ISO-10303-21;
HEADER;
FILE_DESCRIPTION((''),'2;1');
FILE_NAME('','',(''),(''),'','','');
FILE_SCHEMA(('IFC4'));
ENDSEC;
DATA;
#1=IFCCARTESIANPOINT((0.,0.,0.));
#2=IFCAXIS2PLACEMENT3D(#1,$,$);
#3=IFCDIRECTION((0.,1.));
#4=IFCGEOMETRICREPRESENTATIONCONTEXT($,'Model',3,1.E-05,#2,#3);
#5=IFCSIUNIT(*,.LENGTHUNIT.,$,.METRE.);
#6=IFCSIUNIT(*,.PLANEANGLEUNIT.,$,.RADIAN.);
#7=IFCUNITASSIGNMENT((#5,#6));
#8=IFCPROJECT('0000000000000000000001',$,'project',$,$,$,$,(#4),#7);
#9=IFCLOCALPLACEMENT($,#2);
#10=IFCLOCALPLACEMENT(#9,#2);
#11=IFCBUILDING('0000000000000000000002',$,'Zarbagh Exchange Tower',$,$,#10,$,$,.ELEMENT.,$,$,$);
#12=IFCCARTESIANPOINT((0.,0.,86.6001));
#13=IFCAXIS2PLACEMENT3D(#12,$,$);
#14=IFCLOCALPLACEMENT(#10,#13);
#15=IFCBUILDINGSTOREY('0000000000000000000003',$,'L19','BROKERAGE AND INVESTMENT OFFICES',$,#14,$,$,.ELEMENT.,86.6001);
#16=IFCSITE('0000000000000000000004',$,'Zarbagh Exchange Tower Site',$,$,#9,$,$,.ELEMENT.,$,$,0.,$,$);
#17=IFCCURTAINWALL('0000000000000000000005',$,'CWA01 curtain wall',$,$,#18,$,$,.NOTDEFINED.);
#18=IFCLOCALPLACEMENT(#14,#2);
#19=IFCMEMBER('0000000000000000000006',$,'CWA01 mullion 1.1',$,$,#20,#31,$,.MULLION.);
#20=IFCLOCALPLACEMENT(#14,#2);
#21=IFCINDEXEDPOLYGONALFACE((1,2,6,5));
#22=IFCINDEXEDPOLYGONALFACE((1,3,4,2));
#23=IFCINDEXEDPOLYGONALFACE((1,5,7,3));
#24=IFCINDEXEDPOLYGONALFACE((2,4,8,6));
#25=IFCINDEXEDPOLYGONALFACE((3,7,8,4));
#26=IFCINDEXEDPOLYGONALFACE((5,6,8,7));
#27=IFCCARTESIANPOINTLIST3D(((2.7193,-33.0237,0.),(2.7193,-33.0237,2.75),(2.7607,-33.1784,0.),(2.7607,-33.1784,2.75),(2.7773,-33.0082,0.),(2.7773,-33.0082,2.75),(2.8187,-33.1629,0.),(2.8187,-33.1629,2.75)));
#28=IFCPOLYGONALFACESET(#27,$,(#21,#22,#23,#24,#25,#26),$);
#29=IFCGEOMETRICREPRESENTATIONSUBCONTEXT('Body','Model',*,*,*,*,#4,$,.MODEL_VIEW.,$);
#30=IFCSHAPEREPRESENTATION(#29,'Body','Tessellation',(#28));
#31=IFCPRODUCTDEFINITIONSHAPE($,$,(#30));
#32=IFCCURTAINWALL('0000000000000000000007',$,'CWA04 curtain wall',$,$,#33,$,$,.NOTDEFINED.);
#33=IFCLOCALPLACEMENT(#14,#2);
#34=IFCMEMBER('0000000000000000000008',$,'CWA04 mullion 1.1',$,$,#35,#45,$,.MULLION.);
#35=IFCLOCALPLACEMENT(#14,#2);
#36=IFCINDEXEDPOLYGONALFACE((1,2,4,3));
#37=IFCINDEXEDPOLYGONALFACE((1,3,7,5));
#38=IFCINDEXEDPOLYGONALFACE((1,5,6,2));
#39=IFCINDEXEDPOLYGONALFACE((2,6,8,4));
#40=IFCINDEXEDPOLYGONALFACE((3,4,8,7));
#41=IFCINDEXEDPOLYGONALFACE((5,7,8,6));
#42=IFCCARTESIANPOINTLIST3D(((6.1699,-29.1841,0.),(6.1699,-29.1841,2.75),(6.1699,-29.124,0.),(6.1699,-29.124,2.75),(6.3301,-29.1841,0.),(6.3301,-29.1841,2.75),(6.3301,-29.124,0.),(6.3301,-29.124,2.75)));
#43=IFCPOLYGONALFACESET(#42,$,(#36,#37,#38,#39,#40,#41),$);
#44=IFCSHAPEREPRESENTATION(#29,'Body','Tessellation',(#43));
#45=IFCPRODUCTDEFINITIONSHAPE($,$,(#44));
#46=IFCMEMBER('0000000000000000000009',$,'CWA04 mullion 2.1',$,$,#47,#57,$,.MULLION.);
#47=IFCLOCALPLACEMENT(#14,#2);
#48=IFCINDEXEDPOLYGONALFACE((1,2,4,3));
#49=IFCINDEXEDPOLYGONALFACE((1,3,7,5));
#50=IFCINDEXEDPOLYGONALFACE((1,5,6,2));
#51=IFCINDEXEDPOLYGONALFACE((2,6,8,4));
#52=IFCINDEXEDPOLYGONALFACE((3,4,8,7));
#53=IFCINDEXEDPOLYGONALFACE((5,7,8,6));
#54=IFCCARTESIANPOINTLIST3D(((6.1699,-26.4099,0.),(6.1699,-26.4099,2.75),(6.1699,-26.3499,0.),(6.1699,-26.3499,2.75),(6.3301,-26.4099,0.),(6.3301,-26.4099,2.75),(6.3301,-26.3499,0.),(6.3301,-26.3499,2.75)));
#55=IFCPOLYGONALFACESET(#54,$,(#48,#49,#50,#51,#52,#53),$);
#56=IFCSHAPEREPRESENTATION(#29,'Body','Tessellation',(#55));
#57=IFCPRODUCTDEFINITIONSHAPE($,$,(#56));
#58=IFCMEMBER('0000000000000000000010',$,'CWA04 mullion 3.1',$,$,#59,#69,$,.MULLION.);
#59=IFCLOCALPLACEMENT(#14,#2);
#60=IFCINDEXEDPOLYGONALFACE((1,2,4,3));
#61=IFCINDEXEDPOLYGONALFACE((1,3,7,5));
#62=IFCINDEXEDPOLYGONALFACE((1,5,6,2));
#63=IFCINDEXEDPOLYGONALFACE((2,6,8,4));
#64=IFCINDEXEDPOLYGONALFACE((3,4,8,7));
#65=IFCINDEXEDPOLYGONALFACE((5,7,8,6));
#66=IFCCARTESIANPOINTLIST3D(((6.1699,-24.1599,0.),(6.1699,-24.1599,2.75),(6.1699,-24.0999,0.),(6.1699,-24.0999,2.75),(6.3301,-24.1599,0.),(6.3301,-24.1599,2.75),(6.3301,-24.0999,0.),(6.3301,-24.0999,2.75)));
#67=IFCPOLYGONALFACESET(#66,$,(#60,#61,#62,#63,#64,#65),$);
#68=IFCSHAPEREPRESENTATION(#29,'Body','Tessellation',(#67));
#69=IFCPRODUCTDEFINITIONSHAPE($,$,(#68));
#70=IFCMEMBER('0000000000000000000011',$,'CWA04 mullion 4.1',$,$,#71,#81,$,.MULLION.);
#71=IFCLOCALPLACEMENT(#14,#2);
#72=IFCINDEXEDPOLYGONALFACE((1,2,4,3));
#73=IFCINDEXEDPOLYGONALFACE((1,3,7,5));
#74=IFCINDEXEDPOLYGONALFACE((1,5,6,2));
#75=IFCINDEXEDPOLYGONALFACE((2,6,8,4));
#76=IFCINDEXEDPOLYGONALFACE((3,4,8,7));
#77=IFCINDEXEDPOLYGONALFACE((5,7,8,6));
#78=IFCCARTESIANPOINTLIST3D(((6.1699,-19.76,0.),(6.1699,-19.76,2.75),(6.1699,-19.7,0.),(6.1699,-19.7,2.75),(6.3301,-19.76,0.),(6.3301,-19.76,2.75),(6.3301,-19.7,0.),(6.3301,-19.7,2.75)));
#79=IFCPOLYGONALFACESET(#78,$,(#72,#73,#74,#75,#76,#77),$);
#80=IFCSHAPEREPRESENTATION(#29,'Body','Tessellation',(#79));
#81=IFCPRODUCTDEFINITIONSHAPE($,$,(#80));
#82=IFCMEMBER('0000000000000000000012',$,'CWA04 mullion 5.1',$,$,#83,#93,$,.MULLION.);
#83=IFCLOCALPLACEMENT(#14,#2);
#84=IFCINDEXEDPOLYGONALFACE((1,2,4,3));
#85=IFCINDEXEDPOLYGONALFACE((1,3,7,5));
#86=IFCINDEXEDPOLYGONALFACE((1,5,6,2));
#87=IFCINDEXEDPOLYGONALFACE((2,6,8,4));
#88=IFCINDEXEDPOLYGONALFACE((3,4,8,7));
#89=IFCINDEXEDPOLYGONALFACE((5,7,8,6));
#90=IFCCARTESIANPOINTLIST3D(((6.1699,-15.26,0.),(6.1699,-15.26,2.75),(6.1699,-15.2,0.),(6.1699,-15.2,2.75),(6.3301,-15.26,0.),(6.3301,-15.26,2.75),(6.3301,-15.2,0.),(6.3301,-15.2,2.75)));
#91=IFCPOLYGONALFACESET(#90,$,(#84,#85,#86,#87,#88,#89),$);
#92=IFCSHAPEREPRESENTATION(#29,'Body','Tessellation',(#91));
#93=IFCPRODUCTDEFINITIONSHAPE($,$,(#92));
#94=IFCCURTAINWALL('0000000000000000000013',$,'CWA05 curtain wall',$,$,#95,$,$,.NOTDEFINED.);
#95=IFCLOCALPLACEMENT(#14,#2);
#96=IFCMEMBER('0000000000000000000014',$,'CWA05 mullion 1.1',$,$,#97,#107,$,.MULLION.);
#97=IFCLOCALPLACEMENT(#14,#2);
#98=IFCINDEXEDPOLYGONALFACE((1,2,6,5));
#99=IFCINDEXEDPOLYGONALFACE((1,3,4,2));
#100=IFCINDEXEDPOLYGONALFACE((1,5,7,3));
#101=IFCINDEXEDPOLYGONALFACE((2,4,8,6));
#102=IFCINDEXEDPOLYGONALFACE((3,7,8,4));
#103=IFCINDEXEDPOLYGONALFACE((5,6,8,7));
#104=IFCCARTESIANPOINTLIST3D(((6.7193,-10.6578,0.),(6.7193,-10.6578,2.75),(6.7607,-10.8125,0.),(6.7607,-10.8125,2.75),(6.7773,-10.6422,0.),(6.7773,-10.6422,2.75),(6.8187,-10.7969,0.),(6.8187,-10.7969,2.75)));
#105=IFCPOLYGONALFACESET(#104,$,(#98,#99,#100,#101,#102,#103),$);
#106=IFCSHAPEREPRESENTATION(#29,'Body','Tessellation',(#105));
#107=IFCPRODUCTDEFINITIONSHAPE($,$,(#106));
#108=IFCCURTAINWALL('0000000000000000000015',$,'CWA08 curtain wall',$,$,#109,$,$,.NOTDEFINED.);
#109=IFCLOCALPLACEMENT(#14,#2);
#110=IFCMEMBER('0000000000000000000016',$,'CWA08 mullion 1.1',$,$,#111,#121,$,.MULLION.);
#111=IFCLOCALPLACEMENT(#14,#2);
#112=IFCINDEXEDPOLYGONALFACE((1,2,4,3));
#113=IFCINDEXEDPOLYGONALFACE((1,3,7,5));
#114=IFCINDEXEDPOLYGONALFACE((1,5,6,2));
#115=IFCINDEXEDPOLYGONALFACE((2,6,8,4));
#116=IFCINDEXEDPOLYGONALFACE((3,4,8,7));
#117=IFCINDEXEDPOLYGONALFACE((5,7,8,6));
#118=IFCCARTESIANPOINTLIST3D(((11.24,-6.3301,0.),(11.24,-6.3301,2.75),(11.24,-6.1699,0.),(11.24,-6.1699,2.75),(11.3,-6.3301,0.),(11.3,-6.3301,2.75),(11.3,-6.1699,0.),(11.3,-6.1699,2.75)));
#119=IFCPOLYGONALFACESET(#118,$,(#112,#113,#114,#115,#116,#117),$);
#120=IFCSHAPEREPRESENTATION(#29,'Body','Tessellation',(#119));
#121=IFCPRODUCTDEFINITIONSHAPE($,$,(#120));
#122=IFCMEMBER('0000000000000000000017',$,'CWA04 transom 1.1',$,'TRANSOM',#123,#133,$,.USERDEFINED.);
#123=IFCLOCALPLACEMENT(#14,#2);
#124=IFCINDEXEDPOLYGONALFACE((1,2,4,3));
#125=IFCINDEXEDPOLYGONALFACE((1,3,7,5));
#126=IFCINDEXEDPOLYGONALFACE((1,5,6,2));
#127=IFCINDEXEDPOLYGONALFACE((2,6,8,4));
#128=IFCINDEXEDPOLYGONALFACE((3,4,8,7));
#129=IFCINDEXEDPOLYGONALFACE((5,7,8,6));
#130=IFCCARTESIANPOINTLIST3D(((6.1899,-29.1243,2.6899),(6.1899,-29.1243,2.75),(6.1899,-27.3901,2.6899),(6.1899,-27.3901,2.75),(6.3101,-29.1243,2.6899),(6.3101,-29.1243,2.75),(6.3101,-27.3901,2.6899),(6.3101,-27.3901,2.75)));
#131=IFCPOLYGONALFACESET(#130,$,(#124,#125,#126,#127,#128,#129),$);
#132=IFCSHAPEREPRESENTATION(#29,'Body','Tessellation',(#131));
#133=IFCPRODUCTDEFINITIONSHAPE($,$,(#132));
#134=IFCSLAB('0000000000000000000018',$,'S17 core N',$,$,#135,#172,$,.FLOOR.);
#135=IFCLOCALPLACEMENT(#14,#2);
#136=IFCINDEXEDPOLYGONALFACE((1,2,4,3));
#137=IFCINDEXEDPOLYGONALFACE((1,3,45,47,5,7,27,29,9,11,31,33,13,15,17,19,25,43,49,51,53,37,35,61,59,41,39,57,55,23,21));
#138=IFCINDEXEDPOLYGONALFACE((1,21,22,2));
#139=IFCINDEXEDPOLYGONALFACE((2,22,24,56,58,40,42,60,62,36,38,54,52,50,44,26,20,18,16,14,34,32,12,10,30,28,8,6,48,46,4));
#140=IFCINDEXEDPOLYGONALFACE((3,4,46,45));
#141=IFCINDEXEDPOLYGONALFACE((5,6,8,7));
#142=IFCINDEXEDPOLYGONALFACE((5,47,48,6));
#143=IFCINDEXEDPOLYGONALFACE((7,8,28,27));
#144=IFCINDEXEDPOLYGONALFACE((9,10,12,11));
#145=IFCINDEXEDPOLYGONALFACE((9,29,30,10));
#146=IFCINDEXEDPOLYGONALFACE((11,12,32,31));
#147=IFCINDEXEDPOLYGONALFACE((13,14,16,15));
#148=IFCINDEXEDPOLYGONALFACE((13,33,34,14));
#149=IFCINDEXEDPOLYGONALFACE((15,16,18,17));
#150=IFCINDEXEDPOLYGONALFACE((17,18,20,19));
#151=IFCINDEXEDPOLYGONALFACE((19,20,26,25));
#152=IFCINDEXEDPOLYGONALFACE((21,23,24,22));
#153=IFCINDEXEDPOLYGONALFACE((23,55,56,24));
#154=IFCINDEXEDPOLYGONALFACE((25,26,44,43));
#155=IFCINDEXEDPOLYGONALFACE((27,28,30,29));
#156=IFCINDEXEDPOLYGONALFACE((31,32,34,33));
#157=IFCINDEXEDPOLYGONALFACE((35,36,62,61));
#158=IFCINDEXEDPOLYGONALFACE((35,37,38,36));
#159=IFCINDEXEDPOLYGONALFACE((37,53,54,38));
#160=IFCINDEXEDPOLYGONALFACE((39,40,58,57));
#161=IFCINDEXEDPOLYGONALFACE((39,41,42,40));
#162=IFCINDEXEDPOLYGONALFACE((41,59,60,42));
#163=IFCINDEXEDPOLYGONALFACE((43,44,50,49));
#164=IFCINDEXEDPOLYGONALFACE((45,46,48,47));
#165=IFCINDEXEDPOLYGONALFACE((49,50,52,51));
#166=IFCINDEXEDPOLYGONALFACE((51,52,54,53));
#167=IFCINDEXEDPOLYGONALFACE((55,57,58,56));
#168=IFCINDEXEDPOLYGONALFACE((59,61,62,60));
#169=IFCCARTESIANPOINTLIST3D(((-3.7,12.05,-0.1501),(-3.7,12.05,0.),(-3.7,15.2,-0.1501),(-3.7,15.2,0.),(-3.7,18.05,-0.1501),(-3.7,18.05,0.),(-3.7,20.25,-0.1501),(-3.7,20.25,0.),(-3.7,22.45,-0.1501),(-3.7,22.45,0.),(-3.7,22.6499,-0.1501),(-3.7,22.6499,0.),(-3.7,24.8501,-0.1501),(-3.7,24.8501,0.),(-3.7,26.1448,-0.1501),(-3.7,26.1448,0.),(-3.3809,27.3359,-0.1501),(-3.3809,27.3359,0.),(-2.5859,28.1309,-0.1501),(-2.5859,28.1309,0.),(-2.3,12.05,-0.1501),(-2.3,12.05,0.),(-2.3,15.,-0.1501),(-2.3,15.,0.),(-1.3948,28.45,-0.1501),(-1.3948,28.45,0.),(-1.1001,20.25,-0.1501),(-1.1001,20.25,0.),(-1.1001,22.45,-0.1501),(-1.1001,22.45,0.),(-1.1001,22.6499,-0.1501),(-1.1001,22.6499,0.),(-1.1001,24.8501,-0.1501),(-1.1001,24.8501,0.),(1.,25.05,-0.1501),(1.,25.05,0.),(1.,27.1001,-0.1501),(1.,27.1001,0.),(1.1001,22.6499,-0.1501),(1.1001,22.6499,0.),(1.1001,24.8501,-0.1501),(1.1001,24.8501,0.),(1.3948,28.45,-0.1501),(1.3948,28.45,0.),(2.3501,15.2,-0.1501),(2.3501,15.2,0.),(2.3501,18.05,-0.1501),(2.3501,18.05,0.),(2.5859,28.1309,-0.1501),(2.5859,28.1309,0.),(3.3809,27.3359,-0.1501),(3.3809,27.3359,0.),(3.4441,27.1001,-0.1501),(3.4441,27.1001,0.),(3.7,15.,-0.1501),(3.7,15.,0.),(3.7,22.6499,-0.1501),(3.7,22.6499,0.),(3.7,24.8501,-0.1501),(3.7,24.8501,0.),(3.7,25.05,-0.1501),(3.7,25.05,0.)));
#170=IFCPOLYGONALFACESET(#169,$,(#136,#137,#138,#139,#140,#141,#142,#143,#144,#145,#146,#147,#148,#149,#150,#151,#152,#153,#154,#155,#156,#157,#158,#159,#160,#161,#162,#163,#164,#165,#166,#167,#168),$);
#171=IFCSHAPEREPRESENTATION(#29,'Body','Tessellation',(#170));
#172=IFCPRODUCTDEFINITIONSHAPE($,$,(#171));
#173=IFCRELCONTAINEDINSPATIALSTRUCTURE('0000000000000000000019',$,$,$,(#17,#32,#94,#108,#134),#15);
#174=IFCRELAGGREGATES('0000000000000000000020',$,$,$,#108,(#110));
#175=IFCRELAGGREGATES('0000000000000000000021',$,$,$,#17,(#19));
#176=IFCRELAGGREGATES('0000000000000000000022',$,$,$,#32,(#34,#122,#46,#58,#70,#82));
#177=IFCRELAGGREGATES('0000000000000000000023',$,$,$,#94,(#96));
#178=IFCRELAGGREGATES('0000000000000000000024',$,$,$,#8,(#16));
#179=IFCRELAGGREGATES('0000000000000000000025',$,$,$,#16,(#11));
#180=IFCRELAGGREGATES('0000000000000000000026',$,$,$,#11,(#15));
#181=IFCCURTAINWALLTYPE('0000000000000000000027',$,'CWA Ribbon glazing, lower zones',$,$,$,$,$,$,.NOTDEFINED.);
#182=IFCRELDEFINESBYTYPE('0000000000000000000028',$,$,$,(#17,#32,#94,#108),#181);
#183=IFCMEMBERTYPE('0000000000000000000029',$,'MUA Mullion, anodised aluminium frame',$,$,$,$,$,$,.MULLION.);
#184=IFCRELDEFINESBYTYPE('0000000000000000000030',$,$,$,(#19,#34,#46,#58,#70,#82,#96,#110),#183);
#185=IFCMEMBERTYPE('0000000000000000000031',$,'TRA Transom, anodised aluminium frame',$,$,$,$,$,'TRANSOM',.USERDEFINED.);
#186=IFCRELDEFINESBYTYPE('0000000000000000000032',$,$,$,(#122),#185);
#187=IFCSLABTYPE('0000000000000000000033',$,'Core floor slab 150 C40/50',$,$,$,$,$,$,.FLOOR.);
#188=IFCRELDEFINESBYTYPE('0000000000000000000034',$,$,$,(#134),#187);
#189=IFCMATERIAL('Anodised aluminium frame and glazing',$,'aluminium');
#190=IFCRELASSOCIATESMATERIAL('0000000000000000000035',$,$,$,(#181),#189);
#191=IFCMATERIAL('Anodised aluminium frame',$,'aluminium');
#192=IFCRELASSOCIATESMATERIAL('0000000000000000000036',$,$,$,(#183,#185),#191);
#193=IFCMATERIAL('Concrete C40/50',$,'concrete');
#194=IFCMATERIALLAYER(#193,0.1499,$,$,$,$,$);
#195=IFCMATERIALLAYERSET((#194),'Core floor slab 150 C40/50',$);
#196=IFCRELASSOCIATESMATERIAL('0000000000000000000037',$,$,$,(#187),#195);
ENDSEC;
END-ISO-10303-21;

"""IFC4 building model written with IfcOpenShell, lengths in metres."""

from ifc_helpers import new_model, si_unit, direction, frame, origin, place, context, subcontext, project, spatial, polyline, outline, extrude, source, transform, mapped, material, layer, layer_set, type_object, element, aggregate, save


model = new_model("IFC4")

# Units and contexts
model_context = context("Model", 3, precision=1e-05, world=origin(), true_north=direction((0.0, 1.0)))
body_context = subcontext(model_context, "Body", "Model", "MODEL_VIEW")
ifc_project = project(units=[si_unit("LENGTHUNIT", "METRE"), si_unit("PLANEANGLEUNIT", "RADIAN")], contexts=[model_context])

# Site, building, storey
site_placement = place(None, origin())
site = spatial("IfcSite", under=ifc_project, at=site_placement, Name="Zarbagh Exchange Tower Site", CompositionType="ELEMENT", RefElevation=0.0)
building_placement = place(site_placement, origin())
building = spatial("IfcBuilding", under=site, at=building_placement, Name="Zarbagh Exchange Tower", CompositionType="ELEMENT")
storey_placement = place(building_placement, frame((0.0, 0.0, 86.6001)))
storey = spatial("IfcBuildingStorey", under=building, at=storey_placement, Name="L19", Description="BROKERAGE AND INVESTMENT OFFICES", CompositionType="ELEMENT", Elevation=86.6001)

# Curtain wall, member
ifc_material_1 = material(Name="Anodised aluminium frame and glazing", Category="aluminium")
curtain_wall_type = type_object("IfcCurtainWallType", Name="CWA Ribbon glazing, lower zones", PredefinedType="NOTDEFINED", material=ifc_material_1)
curtain_wall_1_placement = place(storey_placement, origin())
curtain_wall_1 = element("IfcCurtainWall", 1, at=curtain_wall_1_placement, inside=storey, type_object=curtain_wall_type, Name="CWA01 curtain wall", PredefinedType="NOTDEFINED")
ifc_material_2 = material(Name="Anodised aluminium frame", Category="aluminium")
member_type_1 = type_object("IfcMemberType", Name="MUA Mullion, anodised aluminium frame", PredefinedType="MULLION", material=ifc_material_2)
shared_shape_1 = source(origin(), body_context, "Body", "SweptSolid", [
    extrude(outline(polyline([(0.0, -0.0801), (0.0601, -0.0801), (0.0601, 0.0801), (0.0, 0.0801), (0.0, -0.0801)])), origin(), (0.0, 0.0, 1.0), 2.75),
])
placement = place(storey_placement, origin())
member_1 = element("IfcMember", 2, at=placement, type_object=member_type_1, Name="CWA01 mullion 1.1", PredefinedType="MULLION", context=body_context, shape_type="MappedRepresentation", body=[
    mapped(shared_shape_1, transform((2.74, -33.1011, 0.0), x_axis=(0.965924, 0.258825, 0.0), y_axis=(-0.258825, 0.965924, 0.0), z_axis=(0.0, 0.0, 1.0))),
])

# Curtain wall, members
curtain_wall_2_placement = place(storey_placement, origin())
curtain_wall_2 = element("IfcCurtainWall", 3, at=curtain_wall_2_placement, inside=storey, type_object=curtain_wall_type, Name="CWA04 curtain wall", PredefinedType="NOTDEFINED")
member_2 = element("IfcMember", 4, at=placement, type_object=member_type_1, Name="CWA04 mullion 1.1", PredefinedType="MULLION", context=body_context, shape_type="MappedRepresentation", body=[
    mapped(shared_shape_1, transform((6.25, -29.1841, 0.0), x_axis=(0.0, 1.0, 0.0), y_axis=(-1.0, 0.0, 0.0), z_axis=(0.0, 0.0, 1.0))),
])
member_3 = element("IfcMember", 5, at=placement, type_object=member_type_1, Name="CWA04 mullion 2.1", PredefinedType="MULLION", context=body_context, shape_type="MappedRepresentation", body=[
    mapped(shared_shape_1, transform((6.25, -26.4099, 0.0), x_axis=(0.0, 1.0, 0.0), y_axis=(-1.0, 0.0, 0.0), z_axis=(0.0, 0.0, 1.0))),
])
member_4 = element("IfcMember", 6, at=placement, type_object=member_type_1, Name="CWA04 mullion 3.1", PredefinedType="MULLION", context=body_context, shape_type="MappedRepresentation", body=[
    mapped(shared_shape_1, transform((6.25, -24.1599, 0.0), x_axis=(0.0, 1.0, 0.0), y_axis=(-1.0, 0.0, 0.0), z_axis=(0.0, 0.0, 1.0))),
])
member_5 = element("IfcMember", 7, at=placement, type_object=member_type_1, Name="CWA04 mullion 4.1", PredefinedType="MULLION", context=body_context, shape_type="MappedRepresentation", body=[
    mapped(shared_shape_1, transform((6.25, -19.76, 0.0), x_axis=(0.0, 1.0, 0.0), y_axis=(-1.0, 0.0, 0.0), z_axis=(0.0, 0.0, 1.0))),
])
member_6 = element("IfcMember", 8, at=placement, type_object=member_type_1, Name="CWA04 mullion 5.1", PredefinedType="MULLION", context=body_context, shape_type="MappedRepresentation", body=[
    mapped(shared_shape_1, transform((6.25, -15.26, 0.0), x_axis=(0.0, 1.0, 0.0), y_axis=(-1.0, 0.0, 0.0), z_axis=(0.0, 0.0, 1.0))),
])

# Curtain walls, members
curtain_wall_3_placement = place(storey_placement, origin())
curtain_wall_3 = element("IfcCurtainWall", 9, at=curtain_wall_3_placement, inside=storey, type_object=curtain_wall_type, Name="CWA05 curtain wall", PredefinedType="NOTDEFINED")
member_7 = element("IfcMember", 10, at=placement, type_object=member_type_1, Name="CWA05 mullion 1.1", PredefinedType="MULLION", context=body_context, shape_type="MappedRepresentation", body=[
    mapped(shared_shape_1, transform((6.74, -10.7351, 0.0), x_axis=(0.965924, 0.258825, 0.0), y_axis=(-0.258825, 0.965924, 0.0), z_axis=(0.0, 0.0, 1.0))),
])
curtain_wall_4_placement = place(storey_placement, origin())
curtain_wall_4 = element("IfcCurtainWall", 11, at=curtain_wall_4_placement, inside=storey, type_object=curtain_wall_type, Name="CWA08 curtain wall", PredefinedType="NOTDEFINED")
member_8 = element("IfcMember", 12, at=placement, type_object=member_type_1, Name="CWA08 mullion 1.1", PredefinedType="MULLION", context=body_context, shape_type="MappedRepresentation", body=[
    mapped(shared_shape_1, transform((11.24, -6.25, 0.0), x_axis=(1.0, 0.0, 0.0), y_axis=(0.0, 1.0, 0.0), z_axis=(0.0, 0.0, 1.0))),
])
aggregate(curtain_wall_4, [member_8])

# Member
member_type_2 = type_object("IfcMemberType", Name="TRA Transom, anodised aluminium frame", ElementType="TRANSOM", PredefinedType="USERDEFINED", material=ifc_material_2)
shared_shape_2 = source(origin(), body_context, "Body", "SweptSolid", [
    extrude(outline(polyline([(-0.0601, -0.0601), (0.0, -0.0601), (0.0, 0.0601), (-0.0601, 0.0601), (-0.0601, -0.0601)])), origin(), (0.0, 0.0, 1.0), 1.7341),
])
member_9 = element("IfcMember", 13, at=placement, type_object=member_type_2, Name="CWA04 transom 1.1", ObjectType="TRANSOM", PredefinedType="USERDEFINED", context=body_context, shape_type="MappedRepresentation", body=[
    mapped(shared_shape_2, transform((6.25, -29.1243, 2.75), x_axis=(0.0, 0.0, 1.0), y_axis=(1.0, 0.0, 0.0), z_axis=(0.0, 1.0, 0.0))),
])

# Slab
ifc_material_3 = material(Name="Concrete C40/50", Category="concrete")
ifc_layer_1 = layer(ifc_material_3, 0.1499)
ifc_layer_set_1 = layer_set([ifc_layer_1], Name="Core floor slab 150 C40/50")
slab_type = type_object("IfcSlabType", Name="Core floor slab 150 C40/50", PredefinedType="FLOOR", material=ifc_layer_set_1)
slab_1_placement = place(storey_placement, frame((0.0, 0.0, -0.1501)))
element("IfcSlab", 14, at=slab_1_placement, inside=storey, type_object=slab_type, Name="S17 core N", PredefinedType="FLOOR", context=body_context, shape_type="SweptSolid", body=[
    extrude(outline(polyline([(-3.7, 12.05), (-3.7, 15.2), (2.3501, 15.2), (2.3501, 18.05), (-3.7, 18.05), (-3.7, 20.25), (-1.1001, 20.25), (-1.1001, 22.45), (-3.7, 22.45), (-3.7, 22.6499), (-1.1001, 22.6499), (-1.1001, 24.8501), (-3.7, 24.8501), (-3.7, 26.1448), (-3.3809, 27.3359), (-2.5859, 28.1309), (-1.3948, 28.45), (1.3948, 28.45), (2.5859, 28.1309), (3.3809, 27.3359), (3.6465, 26.3447), (3.4441, 27.1001), (1.0, 27.1001), (1.0, 25.05), (3.7, 25.05), (3.7, 24.8501), (1.1001, 24.8501), (1.1001, 22.6499), (3.7, 22.6499), (3.7, 15.0), (-2.3, 15.0), (-2.3, 12.05), (-3.7, 12.05)])), origin(), (0.0, 0.0, 1.0), 0.1501),
])

aggregate(curtain_wall_1, [member_1])

aggregate(curtain_wall_2, [member_2, member_9, member_3, member_4, member_5, member_6])
aggregate(curtain_wall_3, [member_7])

save(model, "model.ifc")
